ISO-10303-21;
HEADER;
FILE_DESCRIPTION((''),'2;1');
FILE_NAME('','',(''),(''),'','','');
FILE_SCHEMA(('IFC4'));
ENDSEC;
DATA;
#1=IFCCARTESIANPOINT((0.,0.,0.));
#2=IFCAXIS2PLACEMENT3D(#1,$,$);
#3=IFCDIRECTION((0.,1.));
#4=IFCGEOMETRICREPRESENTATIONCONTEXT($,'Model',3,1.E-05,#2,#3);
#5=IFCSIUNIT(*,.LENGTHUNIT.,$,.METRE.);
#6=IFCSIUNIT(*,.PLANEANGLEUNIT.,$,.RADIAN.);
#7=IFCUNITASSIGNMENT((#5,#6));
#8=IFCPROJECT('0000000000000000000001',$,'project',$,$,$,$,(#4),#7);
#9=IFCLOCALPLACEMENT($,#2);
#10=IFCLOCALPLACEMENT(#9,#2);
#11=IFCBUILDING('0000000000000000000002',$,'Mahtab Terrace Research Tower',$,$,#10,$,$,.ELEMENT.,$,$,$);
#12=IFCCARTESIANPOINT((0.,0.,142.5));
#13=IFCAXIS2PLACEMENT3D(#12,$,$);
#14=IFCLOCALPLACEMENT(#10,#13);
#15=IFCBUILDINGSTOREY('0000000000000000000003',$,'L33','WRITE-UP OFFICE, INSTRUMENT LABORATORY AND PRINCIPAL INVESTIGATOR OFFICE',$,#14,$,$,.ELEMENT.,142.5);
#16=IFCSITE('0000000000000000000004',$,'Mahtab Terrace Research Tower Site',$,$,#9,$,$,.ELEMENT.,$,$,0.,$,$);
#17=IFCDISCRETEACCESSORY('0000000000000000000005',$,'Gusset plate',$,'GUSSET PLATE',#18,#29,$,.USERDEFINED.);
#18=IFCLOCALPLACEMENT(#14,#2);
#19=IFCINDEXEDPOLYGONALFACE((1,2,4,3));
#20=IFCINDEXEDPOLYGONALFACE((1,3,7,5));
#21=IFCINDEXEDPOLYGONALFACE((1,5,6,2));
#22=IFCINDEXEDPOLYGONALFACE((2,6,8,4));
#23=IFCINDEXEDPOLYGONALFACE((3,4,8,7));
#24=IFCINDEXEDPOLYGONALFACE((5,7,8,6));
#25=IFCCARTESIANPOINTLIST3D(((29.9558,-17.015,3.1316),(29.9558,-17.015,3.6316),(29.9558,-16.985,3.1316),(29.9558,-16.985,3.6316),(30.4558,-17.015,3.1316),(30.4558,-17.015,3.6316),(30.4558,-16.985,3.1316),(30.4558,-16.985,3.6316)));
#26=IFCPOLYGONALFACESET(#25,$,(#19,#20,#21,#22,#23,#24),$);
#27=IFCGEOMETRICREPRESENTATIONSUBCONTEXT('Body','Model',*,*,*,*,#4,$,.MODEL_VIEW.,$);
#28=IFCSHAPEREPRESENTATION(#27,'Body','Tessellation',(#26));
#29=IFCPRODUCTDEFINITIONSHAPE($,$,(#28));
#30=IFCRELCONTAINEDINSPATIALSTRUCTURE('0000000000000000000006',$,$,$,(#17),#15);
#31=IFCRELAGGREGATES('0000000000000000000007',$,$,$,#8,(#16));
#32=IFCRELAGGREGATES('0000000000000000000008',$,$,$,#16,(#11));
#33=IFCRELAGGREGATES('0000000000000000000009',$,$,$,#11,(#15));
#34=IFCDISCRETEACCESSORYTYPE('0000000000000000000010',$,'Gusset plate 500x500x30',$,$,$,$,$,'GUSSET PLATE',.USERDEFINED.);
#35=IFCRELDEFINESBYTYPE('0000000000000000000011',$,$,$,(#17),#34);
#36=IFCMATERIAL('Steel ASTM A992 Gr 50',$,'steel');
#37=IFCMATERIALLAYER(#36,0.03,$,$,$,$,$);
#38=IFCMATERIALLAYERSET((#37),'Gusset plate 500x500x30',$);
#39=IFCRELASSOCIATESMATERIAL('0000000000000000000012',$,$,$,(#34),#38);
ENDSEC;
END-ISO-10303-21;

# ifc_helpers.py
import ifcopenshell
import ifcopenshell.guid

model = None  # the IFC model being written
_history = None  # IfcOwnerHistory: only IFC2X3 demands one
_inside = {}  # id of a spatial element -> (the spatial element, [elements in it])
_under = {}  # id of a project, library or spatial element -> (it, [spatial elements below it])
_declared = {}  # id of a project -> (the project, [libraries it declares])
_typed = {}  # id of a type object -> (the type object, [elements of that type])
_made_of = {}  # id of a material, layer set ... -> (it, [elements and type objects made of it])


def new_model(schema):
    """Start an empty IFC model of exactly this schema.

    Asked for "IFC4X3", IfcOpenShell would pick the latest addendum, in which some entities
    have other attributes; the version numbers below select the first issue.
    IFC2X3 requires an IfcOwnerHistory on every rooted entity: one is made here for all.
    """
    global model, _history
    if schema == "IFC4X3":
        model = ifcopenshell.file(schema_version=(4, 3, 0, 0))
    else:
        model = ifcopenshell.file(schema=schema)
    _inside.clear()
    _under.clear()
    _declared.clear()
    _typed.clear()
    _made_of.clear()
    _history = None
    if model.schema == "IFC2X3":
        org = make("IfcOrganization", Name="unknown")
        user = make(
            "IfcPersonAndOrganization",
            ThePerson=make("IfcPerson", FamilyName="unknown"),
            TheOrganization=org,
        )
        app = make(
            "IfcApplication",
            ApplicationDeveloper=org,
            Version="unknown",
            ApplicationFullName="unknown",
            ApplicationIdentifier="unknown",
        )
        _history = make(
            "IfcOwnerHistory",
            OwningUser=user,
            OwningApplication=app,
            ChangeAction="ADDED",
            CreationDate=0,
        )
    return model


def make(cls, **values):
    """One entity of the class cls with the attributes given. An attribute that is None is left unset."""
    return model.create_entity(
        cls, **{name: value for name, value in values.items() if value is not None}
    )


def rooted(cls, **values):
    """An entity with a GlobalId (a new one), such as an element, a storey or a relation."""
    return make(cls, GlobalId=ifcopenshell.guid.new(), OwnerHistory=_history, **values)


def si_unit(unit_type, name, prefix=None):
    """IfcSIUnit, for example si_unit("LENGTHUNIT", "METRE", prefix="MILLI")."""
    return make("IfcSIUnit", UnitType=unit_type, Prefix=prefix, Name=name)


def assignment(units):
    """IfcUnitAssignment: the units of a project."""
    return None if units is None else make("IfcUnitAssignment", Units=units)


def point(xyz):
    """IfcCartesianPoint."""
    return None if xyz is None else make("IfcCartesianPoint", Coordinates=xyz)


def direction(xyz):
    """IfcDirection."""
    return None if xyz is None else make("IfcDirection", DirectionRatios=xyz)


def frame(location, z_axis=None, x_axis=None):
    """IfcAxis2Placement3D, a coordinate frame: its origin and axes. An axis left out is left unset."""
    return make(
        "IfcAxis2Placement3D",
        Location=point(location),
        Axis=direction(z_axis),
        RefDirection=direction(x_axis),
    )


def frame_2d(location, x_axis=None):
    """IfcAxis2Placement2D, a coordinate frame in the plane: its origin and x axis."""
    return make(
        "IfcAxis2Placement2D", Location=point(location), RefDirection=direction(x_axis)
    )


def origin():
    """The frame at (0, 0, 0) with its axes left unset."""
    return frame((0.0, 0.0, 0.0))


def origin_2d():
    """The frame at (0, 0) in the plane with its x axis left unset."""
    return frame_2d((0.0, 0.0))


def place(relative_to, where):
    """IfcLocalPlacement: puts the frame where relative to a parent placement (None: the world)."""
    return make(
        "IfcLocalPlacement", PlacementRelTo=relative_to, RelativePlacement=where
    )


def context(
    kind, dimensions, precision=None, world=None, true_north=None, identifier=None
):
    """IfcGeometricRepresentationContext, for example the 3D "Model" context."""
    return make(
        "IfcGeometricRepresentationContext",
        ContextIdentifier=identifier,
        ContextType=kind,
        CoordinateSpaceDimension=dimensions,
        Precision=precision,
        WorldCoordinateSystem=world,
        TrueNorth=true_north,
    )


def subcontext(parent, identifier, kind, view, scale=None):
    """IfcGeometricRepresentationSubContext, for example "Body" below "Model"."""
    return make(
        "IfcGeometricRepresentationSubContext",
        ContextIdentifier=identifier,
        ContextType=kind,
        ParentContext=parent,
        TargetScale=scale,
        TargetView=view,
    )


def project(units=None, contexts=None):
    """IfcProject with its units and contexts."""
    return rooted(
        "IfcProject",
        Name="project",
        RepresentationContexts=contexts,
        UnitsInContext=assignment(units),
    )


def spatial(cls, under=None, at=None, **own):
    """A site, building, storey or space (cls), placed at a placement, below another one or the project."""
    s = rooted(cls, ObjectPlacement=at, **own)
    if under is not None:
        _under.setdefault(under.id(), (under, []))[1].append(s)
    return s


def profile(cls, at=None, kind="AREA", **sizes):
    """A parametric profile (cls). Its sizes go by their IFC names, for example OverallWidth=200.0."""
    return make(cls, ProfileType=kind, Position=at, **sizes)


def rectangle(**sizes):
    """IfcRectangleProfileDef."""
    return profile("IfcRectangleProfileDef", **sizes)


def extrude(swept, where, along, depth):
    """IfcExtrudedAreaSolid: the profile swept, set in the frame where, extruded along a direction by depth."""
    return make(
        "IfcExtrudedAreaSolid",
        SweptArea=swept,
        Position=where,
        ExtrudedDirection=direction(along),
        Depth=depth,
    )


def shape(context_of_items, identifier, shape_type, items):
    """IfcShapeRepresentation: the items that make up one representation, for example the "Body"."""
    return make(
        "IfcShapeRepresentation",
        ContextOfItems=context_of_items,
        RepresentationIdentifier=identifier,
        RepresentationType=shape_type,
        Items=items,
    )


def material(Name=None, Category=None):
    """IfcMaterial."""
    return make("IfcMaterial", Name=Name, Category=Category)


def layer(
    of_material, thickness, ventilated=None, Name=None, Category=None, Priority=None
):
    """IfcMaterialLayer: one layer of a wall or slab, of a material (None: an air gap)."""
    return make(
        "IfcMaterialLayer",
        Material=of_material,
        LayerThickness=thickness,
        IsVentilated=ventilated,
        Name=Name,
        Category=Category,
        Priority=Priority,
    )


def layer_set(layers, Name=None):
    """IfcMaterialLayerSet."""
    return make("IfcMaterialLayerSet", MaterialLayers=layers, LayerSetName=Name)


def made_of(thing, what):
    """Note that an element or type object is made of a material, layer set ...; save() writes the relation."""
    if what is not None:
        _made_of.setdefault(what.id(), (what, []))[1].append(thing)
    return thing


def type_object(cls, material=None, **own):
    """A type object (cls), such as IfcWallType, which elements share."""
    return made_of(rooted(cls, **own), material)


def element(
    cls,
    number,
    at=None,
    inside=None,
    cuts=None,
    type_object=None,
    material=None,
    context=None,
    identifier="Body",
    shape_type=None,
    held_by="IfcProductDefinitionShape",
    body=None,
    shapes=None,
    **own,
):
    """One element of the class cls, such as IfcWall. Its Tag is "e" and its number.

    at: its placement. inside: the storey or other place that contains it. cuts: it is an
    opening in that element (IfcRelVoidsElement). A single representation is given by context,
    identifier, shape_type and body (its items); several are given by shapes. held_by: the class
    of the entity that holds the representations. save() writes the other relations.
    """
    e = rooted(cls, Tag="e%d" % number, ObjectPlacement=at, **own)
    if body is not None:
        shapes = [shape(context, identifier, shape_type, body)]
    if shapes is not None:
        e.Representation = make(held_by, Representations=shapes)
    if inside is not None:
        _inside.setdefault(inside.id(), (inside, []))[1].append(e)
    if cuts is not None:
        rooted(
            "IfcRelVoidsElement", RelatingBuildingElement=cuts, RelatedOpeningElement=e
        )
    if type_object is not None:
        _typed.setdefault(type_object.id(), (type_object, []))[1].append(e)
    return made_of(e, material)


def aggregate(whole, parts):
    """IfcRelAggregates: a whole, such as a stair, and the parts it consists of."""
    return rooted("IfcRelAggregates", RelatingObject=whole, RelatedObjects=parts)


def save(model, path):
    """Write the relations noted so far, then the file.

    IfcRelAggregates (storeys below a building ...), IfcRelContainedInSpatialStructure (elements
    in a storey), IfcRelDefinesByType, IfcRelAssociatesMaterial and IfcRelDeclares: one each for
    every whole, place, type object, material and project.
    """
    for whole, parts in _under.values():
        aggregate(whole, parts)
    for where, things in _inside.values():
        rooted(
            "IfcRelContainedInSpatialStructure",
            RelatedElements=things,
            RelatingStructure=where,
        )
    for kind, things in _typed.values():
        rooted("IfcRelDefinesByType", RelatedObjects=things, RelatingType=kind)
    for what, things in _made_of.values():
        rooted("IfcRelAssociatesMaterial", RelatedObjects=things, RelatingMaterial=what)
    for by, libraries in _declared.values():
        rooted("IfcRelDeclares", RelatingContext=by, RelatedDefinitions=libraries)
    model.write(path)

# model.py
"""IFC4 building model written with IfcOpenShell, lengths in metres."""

from ifc_helpers import new_model, si_unit, direction, frame, origin, origin_2d, place, context, subcontext, project, spatial, rectangle, extrude, material, layer, layer_set, type_object, element, save


model = new_model("IFC4")

# Units and contexts
model_context = context("Model", 3, precision=1e-05, world=origin(), true_north=direction((0.0, 1.0)))
body_context = subcontext(model_context, "Body", "Model", "MODEL_VIEW")
ifc_project = project(units=[si_unit("LENGTHUNIT", "METRE"), si_unit("PLANEANGLEUNIT", "RADIAN")], contexts=[model_context])

# Site, building, storey
site_placement = place(None, origin())
site = spatial("IfcSite", under=ifc_project, at=site_placement, Name="Mahtab Terrace Research Tower Site", CompositionType="ELEMENT", RefElevation=0.0)
building_placement = place(site_placement, origin())
building = spatial("IfcBuilding", under=site, at=building_placement, Name="Mahtab Terrace Research Tower", CompositionType="ELEMENT")
storey_placement = place(building_placement, frame((0.0, 0.0, 142.5)))
storey = spatial("IfcBuildingStorey", under=building, at=storey_placement, Name="L33", Description="WRITE-UP OFFICE, INSTRUMENT LABORATORY AND PRINCIPAL INVESTIGATOR OFFICE", CompositionType="ELEMENT", Elevation=142.5)

# Shared definitions
ifc_material_1 = material(Name="Steel ASTM A992 Gr 50", Category="steel")

# Discrete accessory
ifc_layer_1 = layer(ifc_material_1, 0.03)
ifc_layer_set_1 = layer_set([ifc_layer_1], Name="Gusset plate 500x500x30")
discrete_accessory_type = type_object("IfcDiscreteAccessoryType", Name="Gusset plate 500x500x30", ElementType="GUSSET PLATE", PredefinedType="USERDEFINED", material=ifc_layer_set_1)
discrete_accessory_placement = place(storey_placement, frame((30.2058, -17.0, 3.1316), z_axis=(0.0, 0.0, 1.0), x_axis=(1.0, 0.0, 0.0)))
element("IfcDiscreteAccessory", 1, at=discrete_accessory_placement, inside=storey, type_object=discrete_accessory_type, Name="Gusset plate", ObjectType="GUSSET PLATE", PredefinedType="USERDEFINED", context=body_context, shape_type="SweptSolid", body=[
    extrude(rectangle(XDim=0.5, YDim=0.03, at=origin_2d()), origin(), (0.0, 0.0, 1.0), 0.5),
])

save(model, "model.ifc")
